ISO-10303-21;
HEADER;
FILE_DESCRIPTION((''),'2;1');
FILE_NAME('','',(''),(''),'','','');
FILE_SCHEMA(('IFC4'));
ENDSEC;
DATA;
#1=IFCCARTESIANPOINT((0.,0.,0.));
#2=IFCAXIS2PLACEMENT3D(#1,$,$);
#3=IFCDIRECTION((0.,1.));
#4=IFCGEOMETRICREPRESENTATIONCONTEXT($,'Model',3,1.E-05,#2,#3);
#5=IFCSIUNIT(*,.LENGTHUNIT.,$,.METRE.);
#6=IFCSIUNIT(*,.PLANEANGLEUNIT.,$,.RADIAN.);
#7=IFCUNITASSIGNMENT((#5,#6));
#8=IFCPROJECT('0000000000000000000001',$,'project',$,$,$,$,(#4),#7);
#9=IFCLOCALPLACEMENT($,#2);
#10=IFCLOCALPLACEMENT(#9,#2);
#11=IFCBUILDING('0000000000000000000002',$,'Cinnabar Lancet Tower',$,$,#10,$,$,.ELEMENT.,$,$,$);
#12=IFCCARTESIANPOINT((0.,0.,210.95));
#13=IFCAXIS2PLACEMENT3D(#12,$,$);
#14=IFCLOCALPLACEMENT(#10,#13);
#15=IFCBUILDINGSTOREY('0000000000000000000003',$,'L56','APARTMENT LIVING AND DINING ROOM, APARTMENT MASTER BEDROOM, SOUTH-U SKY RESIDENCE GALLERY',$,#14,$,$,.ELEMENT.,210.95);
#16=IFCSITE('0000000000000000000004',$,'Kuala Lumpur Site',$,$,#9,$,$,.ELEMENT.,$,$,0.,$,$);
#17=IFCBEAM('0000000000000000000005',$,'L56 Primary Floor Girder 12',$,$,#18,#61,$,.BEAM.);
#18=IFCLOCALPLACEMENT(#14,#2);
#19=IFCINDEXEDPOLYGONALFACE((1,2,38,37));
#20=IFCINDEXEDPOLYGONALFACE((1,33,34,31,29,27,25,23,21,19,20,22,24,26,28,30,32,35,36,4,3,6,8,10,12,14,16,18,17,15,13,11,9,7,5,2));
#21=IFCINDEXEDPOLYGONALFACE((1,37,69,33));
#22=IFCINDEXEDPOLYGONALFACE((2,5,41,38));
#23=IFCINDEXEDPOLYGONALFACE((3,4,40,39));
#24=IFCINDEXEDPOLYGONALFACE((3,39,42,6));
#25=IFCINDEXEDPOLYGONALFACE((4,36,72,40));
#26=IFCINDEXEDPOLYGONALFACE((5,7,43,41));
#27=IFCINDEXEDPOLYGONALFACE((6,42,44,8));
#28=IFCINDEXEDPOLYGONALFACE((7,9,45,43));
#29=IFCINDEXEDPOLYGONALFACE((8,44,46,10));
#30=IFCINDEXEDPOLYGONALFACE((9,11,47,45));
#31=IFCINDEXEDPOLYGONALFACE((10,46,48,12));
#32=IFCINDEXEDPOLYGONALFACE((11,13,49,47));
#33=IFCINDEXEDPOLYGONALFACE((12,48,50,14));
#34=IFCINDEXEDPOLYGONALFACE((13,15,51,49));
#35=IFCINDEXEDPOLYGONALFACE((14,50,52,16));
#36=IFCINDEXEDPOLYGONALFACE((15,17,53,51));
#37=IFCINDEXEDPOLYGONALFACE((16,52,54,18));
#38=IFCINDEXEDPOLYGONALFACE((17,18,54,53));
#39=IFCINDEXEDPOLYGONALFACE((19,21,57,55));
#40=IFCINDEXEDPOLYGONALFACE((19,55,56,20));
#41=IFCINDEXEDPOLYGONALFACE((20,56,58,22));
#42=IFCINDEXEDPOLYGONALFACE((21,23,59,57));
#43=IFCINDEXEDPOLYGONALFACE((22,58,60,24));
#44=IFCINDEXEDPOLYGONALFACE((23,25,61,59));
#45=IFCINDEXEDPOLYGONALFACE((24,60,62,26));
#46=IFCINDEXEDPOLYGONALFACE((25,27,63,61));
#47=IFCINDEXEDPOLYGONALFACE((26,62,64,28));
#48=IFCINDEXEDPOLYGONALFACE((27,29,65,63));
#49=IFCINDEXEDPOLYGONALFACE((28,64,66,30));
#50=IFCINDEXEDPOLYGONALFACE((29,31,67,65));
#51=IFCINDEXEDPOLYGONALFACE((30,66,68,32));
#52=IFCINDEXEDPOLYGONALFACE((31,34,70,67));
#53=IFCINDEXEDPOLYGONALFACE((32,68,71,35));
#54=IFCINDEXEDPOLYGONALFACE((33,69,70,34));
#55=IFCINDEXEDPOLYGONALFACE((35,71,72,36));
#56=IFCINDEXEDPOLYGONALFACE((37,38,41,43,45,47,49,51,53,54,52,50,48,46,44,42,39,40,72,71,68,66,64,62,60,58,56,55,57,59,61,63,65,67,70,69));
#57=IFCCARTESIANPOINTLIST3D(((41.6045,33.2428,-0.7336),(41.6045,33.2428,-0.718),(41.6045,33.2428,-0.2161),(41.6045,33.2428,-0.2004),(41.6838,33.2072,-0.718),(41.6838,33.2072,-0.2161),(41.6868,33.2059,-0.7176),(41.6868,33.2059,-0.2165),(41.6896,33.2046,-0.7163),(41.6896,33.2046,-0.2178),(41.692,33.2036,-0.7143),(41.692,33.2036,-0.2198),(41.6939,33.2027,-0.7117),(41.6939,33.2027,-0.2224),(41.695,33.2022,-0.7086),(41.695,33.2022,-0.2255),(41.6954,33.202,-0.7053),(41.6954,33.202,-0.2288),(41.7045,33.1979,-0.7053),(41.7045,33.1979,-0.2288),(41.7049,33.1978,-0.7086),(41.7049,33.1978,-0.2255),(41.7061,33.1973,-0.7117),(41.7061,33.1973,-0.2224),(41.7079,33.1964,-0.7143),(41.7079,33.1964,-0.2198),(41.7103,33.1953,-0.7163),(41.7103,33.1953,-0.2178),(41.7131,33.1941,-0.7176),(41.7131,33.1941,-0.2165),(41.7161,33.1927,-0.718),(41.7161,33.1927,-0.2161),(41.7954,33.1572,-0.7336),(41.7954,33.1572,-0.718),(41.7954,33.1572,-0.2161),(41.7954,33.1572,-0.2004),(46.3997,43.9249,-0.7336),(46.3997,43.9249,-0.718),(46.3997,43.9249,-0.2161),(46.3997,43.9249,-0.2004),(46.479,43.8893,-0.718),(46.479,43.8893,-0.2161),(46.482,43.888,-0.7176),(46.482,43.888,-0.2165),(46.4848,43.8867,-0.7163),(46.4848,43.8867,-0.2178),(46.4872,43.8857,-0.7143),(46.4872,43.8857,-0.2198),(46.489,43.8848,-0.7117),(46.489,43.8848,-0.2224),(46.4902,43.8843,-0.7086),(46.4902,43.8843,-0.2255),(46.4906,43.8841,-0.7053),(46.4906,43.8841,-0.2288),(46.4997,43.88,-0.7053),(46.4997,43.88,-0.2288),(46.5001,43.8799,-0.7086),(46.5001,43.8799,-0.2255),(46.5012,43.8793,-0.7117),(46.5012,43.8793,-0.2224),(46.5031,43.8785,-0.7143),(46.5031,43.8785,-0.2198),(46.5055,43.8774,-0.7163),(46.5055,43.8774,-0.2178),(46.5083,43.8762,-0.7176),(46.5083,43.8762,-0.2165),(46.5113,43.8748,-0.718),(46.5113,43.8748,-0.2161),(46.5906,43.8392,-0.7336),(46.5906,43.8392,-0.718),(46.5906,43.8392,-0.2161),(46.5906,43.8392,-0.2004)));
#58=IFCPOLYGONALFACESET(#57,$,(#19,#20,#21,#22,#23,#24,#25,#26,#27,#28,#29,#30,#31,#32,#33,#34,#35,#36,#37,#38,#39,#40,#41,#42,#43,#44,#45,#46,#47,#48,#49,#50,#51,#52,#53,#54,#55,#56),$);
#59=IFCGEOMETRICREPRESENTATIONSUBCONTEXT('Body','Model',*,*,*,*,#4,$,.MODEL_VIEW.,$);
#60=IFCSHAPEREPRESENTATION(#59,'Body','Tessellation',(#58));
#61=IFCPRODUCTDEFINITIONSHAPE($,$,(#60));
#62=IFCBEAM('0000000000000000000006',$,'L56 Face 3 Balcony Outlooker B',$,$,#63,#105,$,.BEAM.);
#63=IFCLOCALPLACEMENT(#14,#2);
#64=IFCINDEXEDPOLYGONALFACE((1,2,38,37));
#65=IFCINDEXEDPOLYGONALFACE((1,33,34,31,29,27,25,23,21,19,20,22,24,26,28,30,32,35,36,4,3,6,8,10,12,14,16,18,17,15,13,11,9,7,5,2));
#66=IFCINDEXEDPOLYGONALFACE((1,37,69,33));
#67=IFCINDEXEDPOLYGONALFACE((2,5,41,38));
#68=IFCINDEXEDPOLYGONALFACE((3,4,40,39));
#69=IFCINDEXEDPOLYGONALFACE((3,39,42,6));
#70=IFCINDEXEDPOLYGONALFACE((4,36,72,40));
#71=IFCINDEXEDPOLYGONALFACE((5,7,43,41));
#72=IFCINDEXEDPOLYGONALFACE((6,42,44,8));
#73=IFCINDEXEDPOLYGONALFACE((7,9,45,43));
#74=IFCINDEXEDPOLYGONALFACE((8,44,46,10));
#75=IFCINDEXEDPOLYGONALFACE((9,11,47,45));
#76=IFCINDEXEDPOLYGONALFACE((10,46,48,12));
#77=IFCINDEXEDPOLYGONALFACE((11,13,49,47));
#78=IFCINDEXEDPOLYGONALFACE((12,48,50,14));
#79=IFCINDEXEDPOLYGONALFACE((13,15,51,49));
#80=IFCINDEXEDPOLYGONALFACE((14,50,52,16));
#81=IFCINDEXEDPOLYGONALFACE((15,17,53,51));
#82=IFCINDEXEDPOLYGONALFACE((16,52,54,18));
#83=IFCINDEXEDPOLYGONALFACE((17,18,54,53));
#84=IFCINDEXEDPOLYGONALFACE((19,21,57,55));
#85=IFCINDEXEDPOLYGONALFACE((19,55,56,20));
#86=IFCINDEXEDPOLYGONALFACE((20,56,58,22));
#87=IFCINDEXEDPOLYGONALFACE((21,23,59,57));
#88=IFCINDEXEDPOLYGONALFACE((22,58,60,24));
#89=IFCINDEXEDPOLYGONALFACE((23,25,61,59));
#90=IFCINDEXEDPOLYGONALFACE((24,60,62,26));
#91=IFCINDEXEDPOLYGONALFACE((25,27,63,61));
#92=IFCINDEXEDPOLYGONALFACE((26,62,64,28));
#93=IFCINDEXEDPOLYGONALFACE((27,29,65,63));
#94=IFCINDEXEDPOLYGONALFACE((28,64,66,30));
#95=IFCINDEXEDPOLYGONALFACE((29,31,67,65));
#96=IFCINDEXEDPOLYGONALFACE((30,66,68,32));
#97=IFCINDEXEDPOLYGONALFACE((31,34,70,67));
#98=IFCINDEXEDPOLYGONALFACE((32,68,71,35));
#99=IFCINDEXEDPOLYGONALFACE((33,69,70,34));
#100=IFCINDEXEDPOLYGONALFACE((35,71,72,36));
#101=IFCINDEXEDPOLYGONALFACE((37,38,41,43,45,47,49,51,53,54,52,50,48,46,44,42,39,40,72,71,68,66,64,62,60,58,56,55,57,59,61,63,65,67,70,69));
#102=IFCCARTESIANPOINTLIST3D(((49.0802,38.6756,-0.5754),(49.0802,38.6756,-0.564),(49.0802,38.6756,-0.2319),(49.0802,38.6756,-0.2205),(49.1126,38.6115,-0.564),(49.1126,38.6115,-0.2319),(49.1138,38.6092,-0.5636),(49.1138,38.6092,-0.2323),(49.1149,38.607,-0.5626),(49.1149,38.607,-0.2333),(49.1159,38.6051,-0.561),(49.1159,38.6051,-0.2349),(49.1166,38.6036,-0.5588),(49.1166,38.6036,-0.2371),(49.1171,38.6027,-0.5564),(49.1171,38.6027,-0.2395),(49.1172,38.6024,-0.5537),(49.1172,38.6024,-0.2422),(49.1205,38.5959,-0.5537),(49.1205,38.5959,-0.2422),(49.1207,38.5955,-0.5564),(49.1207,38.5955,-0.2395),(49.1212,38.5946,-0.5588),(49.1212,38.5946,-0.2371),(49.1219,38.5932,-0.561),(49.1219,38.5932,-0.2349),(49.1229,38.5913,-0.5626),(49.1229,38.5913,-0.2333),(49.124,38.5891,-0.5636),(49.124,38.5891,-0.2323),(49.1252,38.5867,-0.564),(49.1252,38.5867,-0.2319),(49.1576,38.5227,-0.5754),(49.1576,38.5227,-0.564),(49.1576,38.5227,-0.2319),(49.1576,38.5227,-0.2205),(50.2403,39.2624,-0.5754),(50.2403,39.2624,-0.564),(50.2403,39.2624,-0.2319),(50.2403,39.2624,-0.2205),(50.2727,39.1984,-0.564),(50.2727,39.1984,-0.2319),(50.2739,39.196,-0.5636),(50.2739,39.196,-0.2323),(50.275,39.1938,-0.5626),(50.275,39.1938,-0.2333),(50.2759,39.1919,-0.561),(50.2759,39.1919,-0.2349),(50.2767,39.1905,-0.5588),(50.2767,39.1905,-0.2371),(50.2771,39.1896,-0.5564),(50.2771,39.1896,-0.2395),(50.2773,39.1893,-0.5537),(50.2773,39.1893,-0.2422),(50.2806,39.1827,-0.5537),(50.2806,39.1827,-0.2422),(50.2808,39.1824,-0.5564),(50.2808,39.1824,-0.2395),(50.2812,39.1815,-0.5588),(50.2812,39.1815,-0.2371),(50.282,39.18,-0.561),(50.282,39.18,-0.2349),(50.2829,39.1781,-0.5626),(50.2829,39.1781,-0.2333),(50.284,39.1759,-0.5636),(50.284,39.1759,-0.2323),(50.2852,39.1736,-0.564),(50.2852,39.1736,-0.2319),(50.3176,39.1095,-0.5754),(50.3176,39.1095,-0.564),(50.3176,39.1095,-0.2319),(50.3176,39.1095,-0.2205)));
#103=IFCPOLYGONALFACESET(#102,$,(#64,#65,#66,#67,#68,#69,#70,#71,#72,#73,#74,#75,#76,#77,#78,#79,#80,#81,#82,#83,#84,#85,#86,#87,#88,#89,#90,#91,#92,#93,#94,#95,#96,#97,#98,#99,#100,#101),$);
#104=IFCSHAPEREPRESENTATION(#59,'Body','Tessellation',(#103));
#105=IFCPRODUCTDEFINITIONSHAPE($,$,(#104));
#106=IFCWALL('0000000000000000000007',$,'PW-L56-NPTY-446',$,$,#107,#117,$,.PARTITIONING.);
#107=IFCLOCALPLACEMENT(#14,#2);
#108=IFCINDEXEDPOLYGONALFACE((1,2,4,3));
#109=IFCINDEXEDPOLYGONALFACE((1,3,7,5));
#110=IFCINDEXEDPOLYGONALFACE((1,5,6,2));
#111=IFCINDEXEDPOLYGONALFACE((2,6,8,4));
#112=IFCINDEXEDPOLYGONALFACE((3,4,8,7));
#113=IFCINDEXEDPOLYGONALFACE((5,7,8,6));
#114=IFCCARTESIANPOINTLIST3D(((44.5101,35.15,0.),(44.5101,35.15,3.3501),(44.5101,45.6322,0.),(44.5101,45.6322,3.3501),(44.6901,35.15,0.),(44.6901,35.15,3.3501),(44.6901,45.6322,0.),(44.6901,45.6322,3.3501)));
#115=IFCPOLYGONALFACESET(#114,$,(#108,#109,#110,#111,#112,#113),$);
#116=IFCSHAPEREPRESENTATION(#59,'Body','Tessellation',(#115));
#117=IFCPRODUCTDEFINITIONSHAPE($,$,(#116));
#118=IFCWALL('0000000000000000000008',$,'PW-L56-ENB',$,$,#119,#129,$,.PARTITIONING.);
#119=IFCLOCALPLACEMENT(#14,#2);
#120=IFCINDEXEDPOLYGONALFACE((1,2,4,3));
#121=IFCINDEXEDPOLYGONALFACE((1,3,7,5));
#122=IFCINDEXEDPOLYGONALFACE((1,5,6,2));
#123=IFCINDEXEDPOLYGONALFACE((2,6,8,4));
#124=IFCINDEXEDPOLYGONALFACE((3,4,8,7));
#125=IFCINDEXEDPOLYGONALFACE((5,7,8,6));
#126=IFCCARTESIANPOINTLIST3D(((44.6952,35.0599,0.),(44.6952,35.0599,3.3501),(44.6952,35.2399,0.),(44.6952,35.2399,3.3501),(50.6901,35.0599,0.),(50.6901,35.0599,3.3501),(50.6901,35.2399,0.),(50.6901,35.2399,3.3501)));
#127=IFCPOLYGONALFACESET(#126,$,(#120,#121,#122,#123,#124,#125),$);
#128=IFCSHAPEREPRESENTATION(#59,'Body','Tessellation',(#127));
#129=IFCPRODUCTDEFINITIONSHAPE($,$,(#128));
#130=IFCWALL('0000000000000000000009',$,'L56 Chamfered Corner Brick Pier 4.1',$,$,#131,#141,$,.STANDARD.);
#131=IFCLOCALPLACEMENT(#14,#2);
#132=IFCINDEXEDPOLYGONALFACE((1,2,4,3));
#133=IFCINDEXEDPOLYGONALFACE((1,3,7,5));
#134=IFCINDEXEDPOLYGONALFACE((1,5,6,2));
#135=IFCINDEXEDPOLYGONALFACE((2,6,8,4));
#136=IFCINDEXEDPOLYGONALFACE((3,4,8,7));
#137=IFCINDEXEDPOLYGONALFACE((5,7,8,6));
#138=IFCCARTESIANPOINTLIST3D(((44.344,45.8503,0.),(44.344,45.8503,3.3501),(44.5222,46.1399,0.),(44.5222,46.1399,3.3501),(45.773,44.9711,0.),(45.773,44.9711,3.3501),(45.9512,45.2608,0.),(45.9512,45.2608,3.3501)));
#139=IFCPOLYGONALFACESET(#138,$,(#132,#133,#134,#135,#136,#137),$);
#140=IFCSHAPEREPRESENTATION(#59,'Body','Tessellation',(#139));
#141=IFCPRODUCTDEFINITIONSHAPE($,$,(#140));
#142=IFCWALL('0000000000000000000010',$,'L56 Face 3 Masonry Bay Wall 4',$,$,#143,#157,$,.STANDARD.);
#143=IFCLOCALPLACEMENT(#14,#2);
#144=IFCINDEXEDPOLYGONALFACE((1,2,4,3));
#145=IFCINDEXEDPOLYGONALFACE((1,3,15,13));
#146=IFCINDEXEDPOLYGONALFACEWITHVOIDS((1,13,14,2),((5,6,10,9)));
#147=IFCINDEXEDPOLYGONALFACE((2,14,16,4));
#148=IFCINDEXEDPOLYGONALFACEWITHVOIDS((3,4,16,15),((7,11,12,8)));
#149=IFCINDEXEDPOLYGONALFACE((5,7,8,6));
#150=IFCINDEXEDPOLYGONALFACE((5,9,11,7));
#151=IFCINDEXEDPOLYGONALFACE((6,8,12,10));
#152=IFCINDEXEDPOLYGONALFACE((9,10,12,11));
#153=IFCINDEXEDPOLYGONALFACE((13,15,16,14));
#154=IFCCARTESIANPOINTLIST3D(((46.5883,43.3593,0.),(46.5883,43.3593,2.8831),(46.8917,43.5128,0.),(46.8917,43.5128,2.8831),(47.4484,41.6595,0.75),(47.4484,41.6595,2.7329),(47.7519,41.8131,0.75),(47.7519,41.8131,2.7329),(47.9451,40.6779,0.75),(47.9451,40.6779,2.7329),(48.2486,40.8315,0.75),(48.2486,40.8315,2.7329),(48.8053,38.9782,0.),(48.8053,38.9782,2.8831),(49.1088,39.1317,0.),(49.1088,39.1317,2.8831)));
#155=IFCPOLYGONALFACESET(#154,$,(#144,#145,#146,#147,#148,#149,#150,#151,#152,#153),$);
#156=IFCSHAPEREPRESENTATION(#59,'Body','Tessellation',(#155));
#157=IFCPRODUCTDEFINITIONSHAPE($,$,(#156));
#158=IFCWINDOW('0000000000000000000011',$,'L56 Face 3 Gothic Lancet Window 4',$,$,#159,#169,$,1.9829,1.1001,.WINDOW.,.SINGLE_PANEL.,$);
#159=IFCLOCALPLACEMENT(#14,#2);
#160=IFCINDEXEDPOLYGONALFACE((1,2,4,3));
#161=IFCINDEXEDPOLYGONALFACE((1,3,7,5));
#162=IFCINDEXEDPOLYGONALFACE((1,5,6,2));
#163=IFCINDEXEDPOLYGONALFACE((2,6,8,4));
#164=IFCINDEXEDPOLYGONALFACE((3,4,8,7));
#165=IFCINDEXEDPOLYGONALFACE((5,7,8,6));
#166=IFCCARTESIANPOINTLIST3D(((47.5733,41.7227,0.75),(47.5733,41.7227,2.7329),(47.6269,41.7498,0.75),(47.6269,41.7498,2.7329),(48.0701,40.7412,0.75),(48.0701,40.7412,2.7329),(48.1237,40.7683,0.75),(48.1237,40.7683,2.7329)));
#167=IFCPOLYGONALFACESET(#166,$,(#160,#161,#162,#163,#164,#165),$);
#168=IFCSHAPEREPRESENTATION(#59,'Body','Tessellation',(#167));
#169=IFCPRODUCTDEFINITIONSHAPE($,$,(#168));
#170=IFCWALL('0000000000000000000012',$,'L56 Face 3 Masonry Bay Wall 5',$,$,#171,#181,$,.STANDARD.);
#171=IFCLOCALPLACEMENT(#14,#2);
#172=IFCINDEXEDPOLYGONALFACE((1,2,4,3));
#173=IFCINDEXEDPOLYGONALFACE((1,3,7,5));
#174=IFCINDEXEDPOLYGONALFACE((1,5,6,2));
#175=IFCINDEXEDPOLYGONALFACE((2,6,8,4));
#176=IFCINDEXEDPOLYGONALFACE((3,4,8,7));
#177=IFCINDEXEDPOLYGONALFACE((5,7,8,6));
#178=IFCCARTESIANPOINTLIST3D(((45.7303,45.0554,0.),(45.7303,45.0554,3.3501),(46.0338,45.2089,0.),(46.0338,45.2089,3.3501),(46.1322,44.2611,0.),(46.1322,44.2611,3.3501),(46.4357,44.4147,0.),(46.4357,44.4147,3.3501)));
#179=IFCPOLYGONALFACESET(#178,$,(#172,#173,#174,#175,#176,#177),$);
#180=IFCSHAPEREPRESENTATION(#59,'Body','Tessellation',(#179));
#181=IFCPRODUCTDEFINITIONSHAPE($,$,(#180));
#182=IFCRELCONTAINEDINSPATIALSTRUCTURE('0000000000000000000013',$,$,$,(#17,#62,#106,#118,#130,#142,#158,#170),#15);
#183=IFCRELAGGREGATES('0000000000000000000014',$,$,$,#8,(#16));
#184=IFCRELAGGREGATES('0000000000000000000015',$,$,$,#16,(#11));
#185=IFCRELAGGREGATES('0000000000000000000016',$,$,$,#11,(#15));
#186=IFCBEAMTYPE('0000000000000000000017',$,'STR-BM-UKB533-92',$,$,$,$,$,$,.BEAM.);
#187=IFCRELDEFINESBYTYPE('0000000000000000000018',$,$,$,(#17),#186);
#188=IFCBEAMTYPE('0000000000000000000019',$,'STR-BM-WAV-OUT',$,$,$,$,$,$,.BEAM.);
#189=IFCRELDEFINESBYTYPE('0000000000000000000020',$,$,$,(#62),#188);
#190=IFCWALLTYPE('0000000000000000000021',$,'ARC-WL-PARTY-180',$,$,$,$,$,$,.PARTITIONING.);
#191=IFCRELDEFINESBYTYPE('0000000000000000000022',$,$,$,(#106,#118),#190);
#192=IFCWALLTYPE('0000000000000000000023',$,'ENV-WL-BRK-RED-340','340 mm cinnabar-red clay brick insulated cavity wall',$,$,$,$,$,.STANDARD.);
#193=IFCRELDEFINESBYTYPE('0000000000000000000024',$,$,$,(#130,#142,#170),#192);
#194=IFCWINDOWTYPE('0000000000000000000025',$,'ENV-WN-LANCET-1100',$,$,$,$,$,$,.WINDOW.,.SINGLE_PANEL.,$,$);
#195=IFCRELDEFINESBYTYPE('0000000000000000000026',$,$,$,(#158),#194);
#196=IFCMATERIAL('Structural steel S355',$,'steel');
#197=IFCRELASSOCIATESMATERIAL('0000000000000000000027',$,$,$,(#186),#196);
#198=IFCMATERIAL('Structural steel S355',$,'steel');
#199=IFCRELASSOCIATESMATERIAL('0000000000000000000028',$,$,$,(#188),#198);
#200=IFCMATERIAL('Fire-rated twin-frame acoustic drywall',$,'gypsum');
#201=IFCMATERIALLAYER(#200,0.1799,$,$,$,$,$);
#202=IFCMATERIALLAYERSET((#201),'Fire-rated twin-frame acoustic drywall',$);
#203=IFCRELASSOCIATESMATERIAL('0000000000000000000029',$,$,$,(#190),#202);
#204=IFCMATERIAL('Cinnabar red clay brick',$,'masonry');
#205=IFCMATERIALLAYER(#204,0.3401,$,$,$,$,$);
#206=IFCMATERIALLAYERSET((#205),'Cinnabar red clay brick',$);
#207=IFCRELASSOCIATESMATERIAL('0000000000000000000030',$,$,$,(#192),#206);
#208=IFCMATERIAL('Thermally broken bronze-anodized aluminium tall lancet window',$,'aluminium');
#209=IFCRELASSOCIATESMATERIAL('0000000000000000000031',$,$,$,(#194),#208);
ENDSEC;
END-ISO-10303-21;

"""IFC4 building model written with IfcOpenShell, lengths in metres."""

from ifc_helpers import new_model, si_unit, direction, frame, frame_2d, origin, origin_2d, place, context, subcontext, project, spatial, rectangle, i_section, extrude, material, layer, layer_set, material_profile, profile_set, type_object, element, fill, save


model = new_model("IFC4")

# Units and contexts
model_context = context("Model", 3, precision=1e-05, world=origin(), true_north=direction((0.0, 1.0)))
body_context = subcontext(model_context, "Body", "Model", "MODEL_VIEW")
ifc_project = project(units=[si_unit("LENGTHUNIT", "METRE"), si_unit("PLANEANGLEUNIT", "RADIAN")], contexts=[model_context])

# Site, building, storey
site_placement = place(None, origin())
site = spatial("IfcSite", under=ifc_project, at=site_placement, Name="Kuala Lumpur Site", CompositionType="ELEMENT", RefElevation=0.0)
building_placement = place(site_placement, origin())
building = spatial("IfcBuilding", under=site, at=building_placement, Name="Cinnabar Lancet Tower", CompositionType="ELEMENT")
storey_placement = place(building_placement, frame((0.0, 0.0, 210.95)))
storey = spatial("IfcBuildingStorey", under=building, at=storey_placement, Name="L56", Description="APARTMENT LIVING AND DINING ROOM, APARTMENT MASTER BEDROOM, SOUTH-U SKY RESIDENCE GALLERY", CompositionType="ELEMENT", Elevation=210.95)

# Beams
ifc_material_1 = material(Name="Structural steel S355", Category="steel")
ifc_material_profile_1 = material_profile(ifc_material_1, i_section(OverallWidth=0.2092, OverallDepth=0.5332, WebThickness=0.01, FlangeThickness=0.0156, FilletRadius=0.0127, at=origin_2d()), Name="UKB 533x210x92")
ifc_profile_set_1 = profile_set([ifc_material_profile_1], Name="Structural steel S355")
beam_type_1 = type_object("IfcBeamType", Name="STR-BM-UKB533-92", PredefinedType="BEAM", material=ifc_profile_set_1)
beam_1_placement = place(storey_placement, frame((46.4951, 43.8821, -0.467), z_axis=(-0.409527, -0.912298, 0.0), x_axis=(0.912298, -0.409527, 0.0)))
element("IfcBeam", 1, at=beam_1_placement, inside=storey, type_object=beam_type_1, Name="L56 Primary Floor Girder 12", PredefinedType="BEAM", context=body_context, shape_type="SweptSolid", body=[
    extrude(i_section(OverallWidth=0.2092, OverallDepth=0.5332, WebThickness=0.01, FlangeThickness=0.0156, FilletRadius=0.0127, at=origin_2d()), origin(), (0.0, 0.0, 1.0), 11.709),
])
ifc_material_2 = material(Name="Structural steel S355", Category="steel")
ifc_material_profile_2 = material_profile(ifc_material_2, i_section(OverallWidth=0.1714, OverallDepth=0.355, WebThickness=0.0073, FlangeThickness=0.0115, FilletRadius=0.0103, at=origin_2d()), Name="UKB 356x171x51")
ifc_profile_set_2 = profile_set([ifc_material_profile_2], Name="Structural steel S355")
beam_type_2 = type_object("IfcBeamType", Name="STR-BM-WAV-OUT", PredefinedType="BEAM", material=ifc_profile_set_2)
beam_2_placement = place(storey_placement, frame((49.1189, 38.5991, -0.3979), z_axis=(0.892314, 0.451415, 0.0), x_axis=(-0.451415, 0.892314, 0.0)))
element("IfcBeam", 2, at=beam_2_placement, inside=storey, type_object=beam_type_2, Name="L56 Face 3 Balcony Outlooker B", PredefinedType="BEAM", context=body_context, shape_type="SweptSolid", body=[
    extrude(i_section(OverallWidth=0.1714, OverallDepth=0.355, WebThickness=0.0073, FlangeThickness=0.0115, FilletRadius=0.0103, at=origin_2d()), origin(), (0.0, 0.0, 1.0), 1.3),
])

# Walls
ifc_material_3 = material(Name="Fire-rated twin-frame acoustic drywall", Category="gypsum")
ifc_layer_1 = layer(ifc_material_3, 0.1799)
ifc_layer_set_1 = layer_set([ifc_layer_1], Name="Fire-rated twin-frame acoustic drywall")
wall_type_1 = type_object("IfcWallType", Name="ARC-WL-PARTY-180", PredefinedType="PARTITIONING", material=ifc_layer_set_1)
wall_1_placement = place(storey_placement, frame((44.6001, 35.1499, 0.0), z_axis=(0.0, 0.0, 1.0), x_axis=(0.0, 1.0, 0.0)))
element("IfcWall", 3, at=wall_1_placement, inside=storey, type_object=wall_type_1, Name="PW-L56-NPTY-446", PredefinedType="PARTITIONING", context=body_context, shape_type="SweptSolid", body=[
    extrude(rectangle(XDim=10.4822, YDim=0.1799, at=frame_2d((5.2412, 0.0))), origin(), (0.0, 0.0, 1.0), 3.3501),
])
wall_2_placement = place(storey_placement, frame((44.6951, 35.1499, 0.0), z_axis=(0.0, 0.0, 1.0), x_axis=(1.0, 0.0, 0.0)))
element("IfcWall", 4, at=wall_2_placement, inside=storey, type_object=wall_type_1, Name="PW-L56-ENB", PredefinedType="PARTITIONING", context=body_context, shape_type="SweptSolid", body=[
    extrude(rectangle(XDim=5.9949, YDim=0.1799, at=frame_2d((2.9976, 0.0))), origin(), (0.0, 0.0, 1.0), 3.3501),
])
ifc_material_4 = material(Name="Cinnabar red clay brick", Category="masonry")
ifc_layer_2 = layer(ifc_material_4, 0.3401)
ifc_layer_set_2 = layer_set([ifc_layer_2], Name="Cinnabar red clay brick")
wall_type_2 = type_object("IfcWallType", Name="ENV-WL-BRK-RED-340", Description="340 mm cinnabar-red clay brick insulated cavity wall", PredefinedType="STANDARD", material=ifc_layer_set_2)
wall_3_placement = place(storey_placement, frame((45.8621, 45.116, 0.0), z_axis=(0.0, 0.0, 1.0), x_axis=(-0.851713, 0.524008, 0.0)))
element("IfcWall", 5, at=wall_3_placement, inside=storey, type_object=wall_type_2, Name="L56 Chamfered Corner Brick Pier 4.1", PredefinedType="STANDARD", context=body_context, shape_type="SweptSolid", body=[
    extrude(rectangle(XDim=1.6777, YDim=0.3401, at=frame_2d((0.8389, 0.0))), origin(), (0.0, 0.0, 1.0), 3.3501),
])

# Wall, opening, window
wall_4_placement = place(storey_placement, frame((48.957, 39.0549, 0.0), z_axis=(0.0, 0.0, 1.0), x_axis=(-0.451524, 0.892259, 0.0)))
wall_4 = element("IfcWall", 6, at=wall_4_placement, inside=storey, type_object=wall_type_2, Name="L56 Face 3 Masonry Bay Wall 4", PredefinedType="STANDARD", context=body_context, shape_type="SweptSolid", body=[
    extrude(rectangle(XDim=4.9102, YDim=0.3401, at=frame_2d((2.4551, 0.0))), origin(), (0.0, 0.0, 1.0), 2.8831),
])
opening_placement = place(wall_4_placement, frame((1.905, 0.0, 0.75)))
opening = element("IfcOpeningElement", 7, at=opening_placement, cuts=wall_4, PredefinedType="OPENING", context=body_context, shape_type="SweptSolid", body=[
    extrude(rectangle(XDim=1.1001, YDim=1.9829, at=frame_2d((0.55, 0.9915))), frame((0.0, 0.1799, 0.0), z_axis=(0.0, -1.0, 0.0), x_axis=(1.0, 0.0, 0.0)), (0.0, 0.0, 1.0), 0.3601),
])
ifc_material_5 = material(Name="Thermally broken bronze-anodized aluminium tall lancet window", Category="aluminium")
window_type = type_object("IfcWindowType", Name="ENV-WN-LANCET-1100", PartitioningType="SINGLE_PANEL", PredefinedType="WINDOW", material=ifc_material_5)
window_placement = place(opening_placement, origin())
window = element("IfcWindow", 8, at=window_placement, inside=storey, type_object=window_type, Name="L56 Face 3 Gothic Lancet Window 4", OverallHeight=1.9829, OverallWidth=1.1001, PartitioningType="SINGLE_PANEL", PredefinedType="WINDOW", context=body_context, shape_type="SweptSolid", body=[
    extrude(rectangle(XDim=1.1001, YDim=1.9829, at=frame_2d((0.55, 0.9915))), frame((0.0, 0.03, 0.0), z_axis=(0.0, -1.0, 0.0), x_axis=(1.0, 0.0, 0.0)), (0.0, 0.0, 1.0), 0.0601),
])
fill(opening, window)

# Wall
wall_5_placement = place(storey_placement, frame((46.2839, 44.3379, 0.0), z_axis=(0.0, 0.0, 1.0), x_axis=(-0.451487, 0.892277, 0.0)))
element("IfcWall", 9, at=wall_5_placement, inside=storey, type_object=wall_type_2, Name="L56 Face 3 Masonry Bay Wall 5", PredefinedType="STANDARD", context=body_context, shape_type="SweptSolid", body=[
    extrude(rectangle(XDim=0.8901, YDim=0.3401, at=frame_2d((0.4451, 0.0))), origin(), (0.0, 0.0, 1.0), 3.3501),
])

save(model, "model.ifc")
